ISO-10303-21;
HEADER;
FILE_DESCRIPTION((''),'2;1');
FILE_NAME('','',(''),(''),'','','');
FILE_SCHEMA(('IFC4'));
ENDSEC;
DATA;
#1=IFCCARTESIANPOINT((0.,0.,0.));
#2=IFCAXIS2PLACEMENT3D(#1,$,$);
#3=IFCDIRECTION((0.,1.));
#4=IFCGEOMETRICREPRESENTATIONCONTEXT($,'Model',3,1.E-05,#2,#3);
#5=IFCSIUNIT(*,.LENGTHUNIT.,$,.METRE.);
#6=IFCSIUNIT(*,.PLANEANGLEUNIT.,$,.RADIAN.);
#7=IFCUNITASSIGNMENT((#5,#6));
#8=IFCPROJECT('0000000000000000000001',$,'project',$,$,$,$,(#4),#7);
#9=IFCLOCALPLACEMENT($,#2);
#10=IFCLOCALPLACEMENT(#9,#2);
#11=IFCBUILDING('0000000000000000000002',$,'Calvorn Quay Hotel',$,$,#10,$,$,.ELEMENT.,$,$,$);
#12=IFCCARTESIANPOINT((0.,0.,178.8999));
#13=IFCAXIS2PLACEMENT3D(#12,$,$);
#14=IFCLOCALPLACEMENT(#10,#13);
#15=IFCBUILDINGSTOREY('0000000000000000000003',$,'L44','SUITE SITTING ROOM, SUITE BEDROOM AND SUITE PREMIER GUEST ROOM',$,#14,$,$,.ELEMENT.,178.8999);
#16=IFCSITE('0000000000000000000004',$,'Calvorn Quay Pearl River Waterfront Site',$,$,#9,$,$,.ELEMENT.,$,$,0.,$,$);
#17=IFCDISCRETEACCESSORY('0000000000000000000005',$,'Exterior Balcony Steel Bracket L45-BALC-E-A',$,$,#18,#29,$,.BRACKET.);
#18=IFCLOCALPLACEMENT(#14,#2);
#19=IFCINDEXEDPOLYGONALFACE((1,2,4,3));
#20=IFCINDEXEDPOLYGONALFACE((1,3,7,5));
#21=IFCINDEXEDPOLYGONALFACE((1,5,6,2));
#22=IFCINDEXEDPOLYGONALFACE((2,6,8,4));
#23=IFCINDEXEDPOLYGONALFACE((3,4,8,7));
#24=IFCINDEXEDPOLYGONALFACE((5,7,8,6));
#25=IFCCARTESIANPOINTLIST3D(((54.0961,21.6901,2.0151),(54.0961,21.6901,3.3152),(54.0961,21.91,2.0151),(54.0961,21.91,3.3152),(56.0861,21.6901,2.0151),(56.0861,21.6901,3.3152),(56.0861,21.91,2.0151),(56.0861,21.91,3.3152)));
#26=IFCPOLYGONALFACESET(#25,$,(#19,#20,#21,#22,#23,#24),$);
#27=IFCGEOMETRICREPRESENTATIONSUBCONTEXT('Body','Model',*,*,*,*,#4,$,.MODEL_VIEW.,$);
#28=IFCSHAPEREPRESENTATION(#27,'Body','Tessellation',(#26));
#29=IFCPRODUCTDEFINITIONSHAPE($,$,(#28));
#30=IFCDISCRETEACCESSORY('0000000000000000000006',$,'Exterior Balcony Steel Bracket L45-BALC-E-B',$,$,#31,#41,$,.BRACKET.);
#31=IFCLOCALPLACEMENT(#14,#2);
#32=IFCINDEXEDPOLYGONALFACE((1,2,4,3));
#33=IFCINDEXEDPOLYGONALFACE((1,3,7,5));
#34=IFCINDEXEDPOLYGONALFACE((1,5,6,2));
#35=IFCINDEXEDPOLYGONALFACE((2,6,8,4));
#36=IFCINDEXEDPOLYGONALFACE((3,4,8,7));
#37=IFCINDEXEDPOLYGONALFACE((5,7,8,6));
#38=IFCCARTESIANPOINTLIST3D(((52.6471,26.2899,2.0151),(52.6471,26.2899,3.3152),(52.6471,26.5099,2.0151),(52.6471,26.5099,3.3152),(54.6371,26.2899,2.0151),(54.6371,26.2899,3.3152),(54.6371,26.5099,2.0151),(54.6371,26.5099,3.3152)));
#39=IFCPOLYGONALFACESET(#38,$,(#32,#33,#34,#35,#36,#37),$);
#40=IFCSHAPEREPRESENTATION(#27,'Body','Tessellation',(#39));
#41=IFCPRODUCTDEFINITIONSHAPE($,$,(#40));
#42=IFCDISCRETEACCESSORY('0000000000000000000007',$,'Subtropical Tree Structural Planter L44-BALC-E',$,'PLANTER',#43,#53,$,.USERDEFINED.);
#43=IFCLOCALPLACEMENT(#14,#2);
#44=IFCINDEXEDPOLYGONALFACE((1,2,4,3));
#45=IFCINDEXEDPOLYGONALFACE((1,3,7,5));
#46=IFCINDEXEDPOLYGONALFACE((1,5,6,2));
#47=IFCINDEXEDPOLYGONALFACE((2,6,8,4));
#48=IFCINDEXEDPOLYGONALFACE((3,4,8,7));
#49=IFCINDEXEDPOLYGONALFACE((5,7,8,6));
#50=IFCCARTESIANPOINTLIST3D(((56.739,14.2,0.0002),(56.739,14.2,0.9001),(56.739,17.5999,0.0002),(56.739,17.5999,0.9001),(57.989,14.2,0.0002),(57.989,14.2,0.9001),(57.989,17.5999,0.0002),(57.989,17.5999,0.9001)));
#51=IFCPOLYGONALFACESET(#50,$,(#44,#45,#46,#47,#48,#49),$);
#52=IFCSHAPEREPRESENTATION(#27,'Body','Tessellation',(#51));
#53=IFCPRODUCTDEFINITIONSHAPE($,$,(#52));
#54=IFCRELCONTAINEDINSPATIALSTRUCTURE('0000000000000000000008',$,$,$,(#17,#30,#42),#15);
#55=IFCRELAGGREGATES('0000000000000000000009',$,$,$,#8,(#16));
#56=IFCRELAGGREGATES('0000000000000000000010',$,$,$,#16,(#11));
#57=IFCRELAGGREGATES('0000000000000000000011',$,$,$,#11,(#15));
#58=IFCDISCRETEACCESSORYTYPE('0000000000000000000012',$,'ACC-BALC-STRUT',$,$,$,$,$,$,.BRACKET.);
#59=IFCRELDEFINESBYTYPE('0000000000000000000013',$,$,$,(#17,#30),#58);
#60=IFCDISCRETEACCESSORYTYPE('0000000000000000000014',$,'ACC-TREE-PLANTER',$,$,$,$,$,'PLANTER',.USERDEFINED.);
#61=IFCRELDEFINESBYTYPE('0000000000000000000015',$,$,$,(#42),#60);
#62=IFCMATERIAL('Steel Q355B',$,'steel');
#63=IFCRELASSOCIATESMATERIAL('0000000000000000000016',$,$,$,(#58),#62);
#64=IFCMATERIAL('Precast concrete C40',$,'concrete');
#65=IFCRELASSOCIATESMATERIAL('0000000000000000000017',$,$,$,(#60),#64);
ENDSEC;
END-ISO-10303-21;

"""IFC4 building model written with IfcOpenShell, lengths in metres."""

from ifc_helpers import new_model, si_unit, direction, frame, origin, origin_2d, place, context, subcontext, project, spatial, rectangle, extrude, material, type_object, element, save


model = new_model("IFC4")

# Units and contexts
model_context = context("Model", 3, precision=1e-05, world=origin(), true_north=direction((0.0, 1.0)))
body_context = subcontext(model_context, "Body", "Model", "MODEL_VIEW")
ifc_project = project(units=[si_unit("LENGTHUNIT", "METRE"), si_unit("PLANEANGLEUNIT", "RADIAN")], contexts=[model_context])

# Site, building, storey
site_placement = place(None, origin())
site = spatial("IfcSite", under=ifc_project, at=site_placement, Name="Calvorn Quay Pearl River Waterfront Site", CompositionType="ELEMENT", RefElevation=0.0)
building_placement = place(site_placement, origin())
building = spatial("IfcBuilding", under=site, at=building_placement, Name="Calvorn Quay Hotel", CompositionType="ELEMENT")
storey_placement = place(building_placement, frame((0.0, 0.0, 178.8999)))
storey = spatial("IfcBuildingStorey", under=building, at=storey_placement, Name="L44", Description="SUITE SITTING ROOM, SUITE BEDROOM AND SUITE PREMIER GUEST ROOM", CompositionType="ELEMENT", Elevation=178.8999)

# Discrete accessories
ifc_material_1 = material(Name="Steel Q355B", Category="steel")
discrete_accessory_type_1 = type_object("IfcDiscreteAccessoryType", Name="ACC-BALC-STRUT", PredefinedType="BRACKET", material=ifc_material_1)
for number, where, z_axis, x_axis, name in (
    (1, (55.0911, 21.8, 2.0151), (0.0, 0.0, 1.0), (1.0, 0.0, 0.0), "Exterior Balcony Steel Bracket L45-BALC-E-A"),
    (2, (53.6421, 26.3999, 2.0151), (0.0, 0.0, 1.0), (1.0, 0.0, 0.0), "Exterior Balcony Steel Bracket L45-BALC-E-B"),
):
    element("IfcDiscreteAccessory", number, at=place(storey_placement, frame(where, z_axis=z_axis, x_axis=x_axis)), inside=storey, type_object=discrete_accessory_type_1, Name=name, PredefinedType="BRACKET", context=body_context, shape_type="SweptSolid", body=[
        extrude(rectangle(XDim=1.99, YDim=0.22, at=origin_2d()), origin(), (0.0, 0.0, 1.0), 1.3),
    ])
ifc_material_2 = material(Name="Precast concrete C40", Category="concrete")
discrete_accessory_type_2 = type_object("IfcDiscreteAccessoryType", Name="ACC-TREE-PLANTER", ElementType="PLANTER", PredefinedType="USERDEFINED", material=ifc_material_2)
discrete_accessory_placement = place(storey_placement, frame((57.364, 15.8999, 0.0002), z_axis=(0.0, 0.0, 1.0), x_axis=(1.0, 0.0, 0.0)))
element("IfcDiscreteAccessory", 3, at=discrete_accessory_placement, inside=storey, type_object=discrete_accessory_type_2, Name="Subtropical Tree Structural Planter L44-BALC-E", ObjectType="PLANTER", PredefinedType="USERDEFINED", context=body_context, shape_type="SweptSolid", body=[
    extrude(rectangle(XDim=1.25, YDim=3.3999, at=origin_2d()), origin(), (0.0, 0.0, 1.0), 0.8999),
])

save(model, "model.ifc")
